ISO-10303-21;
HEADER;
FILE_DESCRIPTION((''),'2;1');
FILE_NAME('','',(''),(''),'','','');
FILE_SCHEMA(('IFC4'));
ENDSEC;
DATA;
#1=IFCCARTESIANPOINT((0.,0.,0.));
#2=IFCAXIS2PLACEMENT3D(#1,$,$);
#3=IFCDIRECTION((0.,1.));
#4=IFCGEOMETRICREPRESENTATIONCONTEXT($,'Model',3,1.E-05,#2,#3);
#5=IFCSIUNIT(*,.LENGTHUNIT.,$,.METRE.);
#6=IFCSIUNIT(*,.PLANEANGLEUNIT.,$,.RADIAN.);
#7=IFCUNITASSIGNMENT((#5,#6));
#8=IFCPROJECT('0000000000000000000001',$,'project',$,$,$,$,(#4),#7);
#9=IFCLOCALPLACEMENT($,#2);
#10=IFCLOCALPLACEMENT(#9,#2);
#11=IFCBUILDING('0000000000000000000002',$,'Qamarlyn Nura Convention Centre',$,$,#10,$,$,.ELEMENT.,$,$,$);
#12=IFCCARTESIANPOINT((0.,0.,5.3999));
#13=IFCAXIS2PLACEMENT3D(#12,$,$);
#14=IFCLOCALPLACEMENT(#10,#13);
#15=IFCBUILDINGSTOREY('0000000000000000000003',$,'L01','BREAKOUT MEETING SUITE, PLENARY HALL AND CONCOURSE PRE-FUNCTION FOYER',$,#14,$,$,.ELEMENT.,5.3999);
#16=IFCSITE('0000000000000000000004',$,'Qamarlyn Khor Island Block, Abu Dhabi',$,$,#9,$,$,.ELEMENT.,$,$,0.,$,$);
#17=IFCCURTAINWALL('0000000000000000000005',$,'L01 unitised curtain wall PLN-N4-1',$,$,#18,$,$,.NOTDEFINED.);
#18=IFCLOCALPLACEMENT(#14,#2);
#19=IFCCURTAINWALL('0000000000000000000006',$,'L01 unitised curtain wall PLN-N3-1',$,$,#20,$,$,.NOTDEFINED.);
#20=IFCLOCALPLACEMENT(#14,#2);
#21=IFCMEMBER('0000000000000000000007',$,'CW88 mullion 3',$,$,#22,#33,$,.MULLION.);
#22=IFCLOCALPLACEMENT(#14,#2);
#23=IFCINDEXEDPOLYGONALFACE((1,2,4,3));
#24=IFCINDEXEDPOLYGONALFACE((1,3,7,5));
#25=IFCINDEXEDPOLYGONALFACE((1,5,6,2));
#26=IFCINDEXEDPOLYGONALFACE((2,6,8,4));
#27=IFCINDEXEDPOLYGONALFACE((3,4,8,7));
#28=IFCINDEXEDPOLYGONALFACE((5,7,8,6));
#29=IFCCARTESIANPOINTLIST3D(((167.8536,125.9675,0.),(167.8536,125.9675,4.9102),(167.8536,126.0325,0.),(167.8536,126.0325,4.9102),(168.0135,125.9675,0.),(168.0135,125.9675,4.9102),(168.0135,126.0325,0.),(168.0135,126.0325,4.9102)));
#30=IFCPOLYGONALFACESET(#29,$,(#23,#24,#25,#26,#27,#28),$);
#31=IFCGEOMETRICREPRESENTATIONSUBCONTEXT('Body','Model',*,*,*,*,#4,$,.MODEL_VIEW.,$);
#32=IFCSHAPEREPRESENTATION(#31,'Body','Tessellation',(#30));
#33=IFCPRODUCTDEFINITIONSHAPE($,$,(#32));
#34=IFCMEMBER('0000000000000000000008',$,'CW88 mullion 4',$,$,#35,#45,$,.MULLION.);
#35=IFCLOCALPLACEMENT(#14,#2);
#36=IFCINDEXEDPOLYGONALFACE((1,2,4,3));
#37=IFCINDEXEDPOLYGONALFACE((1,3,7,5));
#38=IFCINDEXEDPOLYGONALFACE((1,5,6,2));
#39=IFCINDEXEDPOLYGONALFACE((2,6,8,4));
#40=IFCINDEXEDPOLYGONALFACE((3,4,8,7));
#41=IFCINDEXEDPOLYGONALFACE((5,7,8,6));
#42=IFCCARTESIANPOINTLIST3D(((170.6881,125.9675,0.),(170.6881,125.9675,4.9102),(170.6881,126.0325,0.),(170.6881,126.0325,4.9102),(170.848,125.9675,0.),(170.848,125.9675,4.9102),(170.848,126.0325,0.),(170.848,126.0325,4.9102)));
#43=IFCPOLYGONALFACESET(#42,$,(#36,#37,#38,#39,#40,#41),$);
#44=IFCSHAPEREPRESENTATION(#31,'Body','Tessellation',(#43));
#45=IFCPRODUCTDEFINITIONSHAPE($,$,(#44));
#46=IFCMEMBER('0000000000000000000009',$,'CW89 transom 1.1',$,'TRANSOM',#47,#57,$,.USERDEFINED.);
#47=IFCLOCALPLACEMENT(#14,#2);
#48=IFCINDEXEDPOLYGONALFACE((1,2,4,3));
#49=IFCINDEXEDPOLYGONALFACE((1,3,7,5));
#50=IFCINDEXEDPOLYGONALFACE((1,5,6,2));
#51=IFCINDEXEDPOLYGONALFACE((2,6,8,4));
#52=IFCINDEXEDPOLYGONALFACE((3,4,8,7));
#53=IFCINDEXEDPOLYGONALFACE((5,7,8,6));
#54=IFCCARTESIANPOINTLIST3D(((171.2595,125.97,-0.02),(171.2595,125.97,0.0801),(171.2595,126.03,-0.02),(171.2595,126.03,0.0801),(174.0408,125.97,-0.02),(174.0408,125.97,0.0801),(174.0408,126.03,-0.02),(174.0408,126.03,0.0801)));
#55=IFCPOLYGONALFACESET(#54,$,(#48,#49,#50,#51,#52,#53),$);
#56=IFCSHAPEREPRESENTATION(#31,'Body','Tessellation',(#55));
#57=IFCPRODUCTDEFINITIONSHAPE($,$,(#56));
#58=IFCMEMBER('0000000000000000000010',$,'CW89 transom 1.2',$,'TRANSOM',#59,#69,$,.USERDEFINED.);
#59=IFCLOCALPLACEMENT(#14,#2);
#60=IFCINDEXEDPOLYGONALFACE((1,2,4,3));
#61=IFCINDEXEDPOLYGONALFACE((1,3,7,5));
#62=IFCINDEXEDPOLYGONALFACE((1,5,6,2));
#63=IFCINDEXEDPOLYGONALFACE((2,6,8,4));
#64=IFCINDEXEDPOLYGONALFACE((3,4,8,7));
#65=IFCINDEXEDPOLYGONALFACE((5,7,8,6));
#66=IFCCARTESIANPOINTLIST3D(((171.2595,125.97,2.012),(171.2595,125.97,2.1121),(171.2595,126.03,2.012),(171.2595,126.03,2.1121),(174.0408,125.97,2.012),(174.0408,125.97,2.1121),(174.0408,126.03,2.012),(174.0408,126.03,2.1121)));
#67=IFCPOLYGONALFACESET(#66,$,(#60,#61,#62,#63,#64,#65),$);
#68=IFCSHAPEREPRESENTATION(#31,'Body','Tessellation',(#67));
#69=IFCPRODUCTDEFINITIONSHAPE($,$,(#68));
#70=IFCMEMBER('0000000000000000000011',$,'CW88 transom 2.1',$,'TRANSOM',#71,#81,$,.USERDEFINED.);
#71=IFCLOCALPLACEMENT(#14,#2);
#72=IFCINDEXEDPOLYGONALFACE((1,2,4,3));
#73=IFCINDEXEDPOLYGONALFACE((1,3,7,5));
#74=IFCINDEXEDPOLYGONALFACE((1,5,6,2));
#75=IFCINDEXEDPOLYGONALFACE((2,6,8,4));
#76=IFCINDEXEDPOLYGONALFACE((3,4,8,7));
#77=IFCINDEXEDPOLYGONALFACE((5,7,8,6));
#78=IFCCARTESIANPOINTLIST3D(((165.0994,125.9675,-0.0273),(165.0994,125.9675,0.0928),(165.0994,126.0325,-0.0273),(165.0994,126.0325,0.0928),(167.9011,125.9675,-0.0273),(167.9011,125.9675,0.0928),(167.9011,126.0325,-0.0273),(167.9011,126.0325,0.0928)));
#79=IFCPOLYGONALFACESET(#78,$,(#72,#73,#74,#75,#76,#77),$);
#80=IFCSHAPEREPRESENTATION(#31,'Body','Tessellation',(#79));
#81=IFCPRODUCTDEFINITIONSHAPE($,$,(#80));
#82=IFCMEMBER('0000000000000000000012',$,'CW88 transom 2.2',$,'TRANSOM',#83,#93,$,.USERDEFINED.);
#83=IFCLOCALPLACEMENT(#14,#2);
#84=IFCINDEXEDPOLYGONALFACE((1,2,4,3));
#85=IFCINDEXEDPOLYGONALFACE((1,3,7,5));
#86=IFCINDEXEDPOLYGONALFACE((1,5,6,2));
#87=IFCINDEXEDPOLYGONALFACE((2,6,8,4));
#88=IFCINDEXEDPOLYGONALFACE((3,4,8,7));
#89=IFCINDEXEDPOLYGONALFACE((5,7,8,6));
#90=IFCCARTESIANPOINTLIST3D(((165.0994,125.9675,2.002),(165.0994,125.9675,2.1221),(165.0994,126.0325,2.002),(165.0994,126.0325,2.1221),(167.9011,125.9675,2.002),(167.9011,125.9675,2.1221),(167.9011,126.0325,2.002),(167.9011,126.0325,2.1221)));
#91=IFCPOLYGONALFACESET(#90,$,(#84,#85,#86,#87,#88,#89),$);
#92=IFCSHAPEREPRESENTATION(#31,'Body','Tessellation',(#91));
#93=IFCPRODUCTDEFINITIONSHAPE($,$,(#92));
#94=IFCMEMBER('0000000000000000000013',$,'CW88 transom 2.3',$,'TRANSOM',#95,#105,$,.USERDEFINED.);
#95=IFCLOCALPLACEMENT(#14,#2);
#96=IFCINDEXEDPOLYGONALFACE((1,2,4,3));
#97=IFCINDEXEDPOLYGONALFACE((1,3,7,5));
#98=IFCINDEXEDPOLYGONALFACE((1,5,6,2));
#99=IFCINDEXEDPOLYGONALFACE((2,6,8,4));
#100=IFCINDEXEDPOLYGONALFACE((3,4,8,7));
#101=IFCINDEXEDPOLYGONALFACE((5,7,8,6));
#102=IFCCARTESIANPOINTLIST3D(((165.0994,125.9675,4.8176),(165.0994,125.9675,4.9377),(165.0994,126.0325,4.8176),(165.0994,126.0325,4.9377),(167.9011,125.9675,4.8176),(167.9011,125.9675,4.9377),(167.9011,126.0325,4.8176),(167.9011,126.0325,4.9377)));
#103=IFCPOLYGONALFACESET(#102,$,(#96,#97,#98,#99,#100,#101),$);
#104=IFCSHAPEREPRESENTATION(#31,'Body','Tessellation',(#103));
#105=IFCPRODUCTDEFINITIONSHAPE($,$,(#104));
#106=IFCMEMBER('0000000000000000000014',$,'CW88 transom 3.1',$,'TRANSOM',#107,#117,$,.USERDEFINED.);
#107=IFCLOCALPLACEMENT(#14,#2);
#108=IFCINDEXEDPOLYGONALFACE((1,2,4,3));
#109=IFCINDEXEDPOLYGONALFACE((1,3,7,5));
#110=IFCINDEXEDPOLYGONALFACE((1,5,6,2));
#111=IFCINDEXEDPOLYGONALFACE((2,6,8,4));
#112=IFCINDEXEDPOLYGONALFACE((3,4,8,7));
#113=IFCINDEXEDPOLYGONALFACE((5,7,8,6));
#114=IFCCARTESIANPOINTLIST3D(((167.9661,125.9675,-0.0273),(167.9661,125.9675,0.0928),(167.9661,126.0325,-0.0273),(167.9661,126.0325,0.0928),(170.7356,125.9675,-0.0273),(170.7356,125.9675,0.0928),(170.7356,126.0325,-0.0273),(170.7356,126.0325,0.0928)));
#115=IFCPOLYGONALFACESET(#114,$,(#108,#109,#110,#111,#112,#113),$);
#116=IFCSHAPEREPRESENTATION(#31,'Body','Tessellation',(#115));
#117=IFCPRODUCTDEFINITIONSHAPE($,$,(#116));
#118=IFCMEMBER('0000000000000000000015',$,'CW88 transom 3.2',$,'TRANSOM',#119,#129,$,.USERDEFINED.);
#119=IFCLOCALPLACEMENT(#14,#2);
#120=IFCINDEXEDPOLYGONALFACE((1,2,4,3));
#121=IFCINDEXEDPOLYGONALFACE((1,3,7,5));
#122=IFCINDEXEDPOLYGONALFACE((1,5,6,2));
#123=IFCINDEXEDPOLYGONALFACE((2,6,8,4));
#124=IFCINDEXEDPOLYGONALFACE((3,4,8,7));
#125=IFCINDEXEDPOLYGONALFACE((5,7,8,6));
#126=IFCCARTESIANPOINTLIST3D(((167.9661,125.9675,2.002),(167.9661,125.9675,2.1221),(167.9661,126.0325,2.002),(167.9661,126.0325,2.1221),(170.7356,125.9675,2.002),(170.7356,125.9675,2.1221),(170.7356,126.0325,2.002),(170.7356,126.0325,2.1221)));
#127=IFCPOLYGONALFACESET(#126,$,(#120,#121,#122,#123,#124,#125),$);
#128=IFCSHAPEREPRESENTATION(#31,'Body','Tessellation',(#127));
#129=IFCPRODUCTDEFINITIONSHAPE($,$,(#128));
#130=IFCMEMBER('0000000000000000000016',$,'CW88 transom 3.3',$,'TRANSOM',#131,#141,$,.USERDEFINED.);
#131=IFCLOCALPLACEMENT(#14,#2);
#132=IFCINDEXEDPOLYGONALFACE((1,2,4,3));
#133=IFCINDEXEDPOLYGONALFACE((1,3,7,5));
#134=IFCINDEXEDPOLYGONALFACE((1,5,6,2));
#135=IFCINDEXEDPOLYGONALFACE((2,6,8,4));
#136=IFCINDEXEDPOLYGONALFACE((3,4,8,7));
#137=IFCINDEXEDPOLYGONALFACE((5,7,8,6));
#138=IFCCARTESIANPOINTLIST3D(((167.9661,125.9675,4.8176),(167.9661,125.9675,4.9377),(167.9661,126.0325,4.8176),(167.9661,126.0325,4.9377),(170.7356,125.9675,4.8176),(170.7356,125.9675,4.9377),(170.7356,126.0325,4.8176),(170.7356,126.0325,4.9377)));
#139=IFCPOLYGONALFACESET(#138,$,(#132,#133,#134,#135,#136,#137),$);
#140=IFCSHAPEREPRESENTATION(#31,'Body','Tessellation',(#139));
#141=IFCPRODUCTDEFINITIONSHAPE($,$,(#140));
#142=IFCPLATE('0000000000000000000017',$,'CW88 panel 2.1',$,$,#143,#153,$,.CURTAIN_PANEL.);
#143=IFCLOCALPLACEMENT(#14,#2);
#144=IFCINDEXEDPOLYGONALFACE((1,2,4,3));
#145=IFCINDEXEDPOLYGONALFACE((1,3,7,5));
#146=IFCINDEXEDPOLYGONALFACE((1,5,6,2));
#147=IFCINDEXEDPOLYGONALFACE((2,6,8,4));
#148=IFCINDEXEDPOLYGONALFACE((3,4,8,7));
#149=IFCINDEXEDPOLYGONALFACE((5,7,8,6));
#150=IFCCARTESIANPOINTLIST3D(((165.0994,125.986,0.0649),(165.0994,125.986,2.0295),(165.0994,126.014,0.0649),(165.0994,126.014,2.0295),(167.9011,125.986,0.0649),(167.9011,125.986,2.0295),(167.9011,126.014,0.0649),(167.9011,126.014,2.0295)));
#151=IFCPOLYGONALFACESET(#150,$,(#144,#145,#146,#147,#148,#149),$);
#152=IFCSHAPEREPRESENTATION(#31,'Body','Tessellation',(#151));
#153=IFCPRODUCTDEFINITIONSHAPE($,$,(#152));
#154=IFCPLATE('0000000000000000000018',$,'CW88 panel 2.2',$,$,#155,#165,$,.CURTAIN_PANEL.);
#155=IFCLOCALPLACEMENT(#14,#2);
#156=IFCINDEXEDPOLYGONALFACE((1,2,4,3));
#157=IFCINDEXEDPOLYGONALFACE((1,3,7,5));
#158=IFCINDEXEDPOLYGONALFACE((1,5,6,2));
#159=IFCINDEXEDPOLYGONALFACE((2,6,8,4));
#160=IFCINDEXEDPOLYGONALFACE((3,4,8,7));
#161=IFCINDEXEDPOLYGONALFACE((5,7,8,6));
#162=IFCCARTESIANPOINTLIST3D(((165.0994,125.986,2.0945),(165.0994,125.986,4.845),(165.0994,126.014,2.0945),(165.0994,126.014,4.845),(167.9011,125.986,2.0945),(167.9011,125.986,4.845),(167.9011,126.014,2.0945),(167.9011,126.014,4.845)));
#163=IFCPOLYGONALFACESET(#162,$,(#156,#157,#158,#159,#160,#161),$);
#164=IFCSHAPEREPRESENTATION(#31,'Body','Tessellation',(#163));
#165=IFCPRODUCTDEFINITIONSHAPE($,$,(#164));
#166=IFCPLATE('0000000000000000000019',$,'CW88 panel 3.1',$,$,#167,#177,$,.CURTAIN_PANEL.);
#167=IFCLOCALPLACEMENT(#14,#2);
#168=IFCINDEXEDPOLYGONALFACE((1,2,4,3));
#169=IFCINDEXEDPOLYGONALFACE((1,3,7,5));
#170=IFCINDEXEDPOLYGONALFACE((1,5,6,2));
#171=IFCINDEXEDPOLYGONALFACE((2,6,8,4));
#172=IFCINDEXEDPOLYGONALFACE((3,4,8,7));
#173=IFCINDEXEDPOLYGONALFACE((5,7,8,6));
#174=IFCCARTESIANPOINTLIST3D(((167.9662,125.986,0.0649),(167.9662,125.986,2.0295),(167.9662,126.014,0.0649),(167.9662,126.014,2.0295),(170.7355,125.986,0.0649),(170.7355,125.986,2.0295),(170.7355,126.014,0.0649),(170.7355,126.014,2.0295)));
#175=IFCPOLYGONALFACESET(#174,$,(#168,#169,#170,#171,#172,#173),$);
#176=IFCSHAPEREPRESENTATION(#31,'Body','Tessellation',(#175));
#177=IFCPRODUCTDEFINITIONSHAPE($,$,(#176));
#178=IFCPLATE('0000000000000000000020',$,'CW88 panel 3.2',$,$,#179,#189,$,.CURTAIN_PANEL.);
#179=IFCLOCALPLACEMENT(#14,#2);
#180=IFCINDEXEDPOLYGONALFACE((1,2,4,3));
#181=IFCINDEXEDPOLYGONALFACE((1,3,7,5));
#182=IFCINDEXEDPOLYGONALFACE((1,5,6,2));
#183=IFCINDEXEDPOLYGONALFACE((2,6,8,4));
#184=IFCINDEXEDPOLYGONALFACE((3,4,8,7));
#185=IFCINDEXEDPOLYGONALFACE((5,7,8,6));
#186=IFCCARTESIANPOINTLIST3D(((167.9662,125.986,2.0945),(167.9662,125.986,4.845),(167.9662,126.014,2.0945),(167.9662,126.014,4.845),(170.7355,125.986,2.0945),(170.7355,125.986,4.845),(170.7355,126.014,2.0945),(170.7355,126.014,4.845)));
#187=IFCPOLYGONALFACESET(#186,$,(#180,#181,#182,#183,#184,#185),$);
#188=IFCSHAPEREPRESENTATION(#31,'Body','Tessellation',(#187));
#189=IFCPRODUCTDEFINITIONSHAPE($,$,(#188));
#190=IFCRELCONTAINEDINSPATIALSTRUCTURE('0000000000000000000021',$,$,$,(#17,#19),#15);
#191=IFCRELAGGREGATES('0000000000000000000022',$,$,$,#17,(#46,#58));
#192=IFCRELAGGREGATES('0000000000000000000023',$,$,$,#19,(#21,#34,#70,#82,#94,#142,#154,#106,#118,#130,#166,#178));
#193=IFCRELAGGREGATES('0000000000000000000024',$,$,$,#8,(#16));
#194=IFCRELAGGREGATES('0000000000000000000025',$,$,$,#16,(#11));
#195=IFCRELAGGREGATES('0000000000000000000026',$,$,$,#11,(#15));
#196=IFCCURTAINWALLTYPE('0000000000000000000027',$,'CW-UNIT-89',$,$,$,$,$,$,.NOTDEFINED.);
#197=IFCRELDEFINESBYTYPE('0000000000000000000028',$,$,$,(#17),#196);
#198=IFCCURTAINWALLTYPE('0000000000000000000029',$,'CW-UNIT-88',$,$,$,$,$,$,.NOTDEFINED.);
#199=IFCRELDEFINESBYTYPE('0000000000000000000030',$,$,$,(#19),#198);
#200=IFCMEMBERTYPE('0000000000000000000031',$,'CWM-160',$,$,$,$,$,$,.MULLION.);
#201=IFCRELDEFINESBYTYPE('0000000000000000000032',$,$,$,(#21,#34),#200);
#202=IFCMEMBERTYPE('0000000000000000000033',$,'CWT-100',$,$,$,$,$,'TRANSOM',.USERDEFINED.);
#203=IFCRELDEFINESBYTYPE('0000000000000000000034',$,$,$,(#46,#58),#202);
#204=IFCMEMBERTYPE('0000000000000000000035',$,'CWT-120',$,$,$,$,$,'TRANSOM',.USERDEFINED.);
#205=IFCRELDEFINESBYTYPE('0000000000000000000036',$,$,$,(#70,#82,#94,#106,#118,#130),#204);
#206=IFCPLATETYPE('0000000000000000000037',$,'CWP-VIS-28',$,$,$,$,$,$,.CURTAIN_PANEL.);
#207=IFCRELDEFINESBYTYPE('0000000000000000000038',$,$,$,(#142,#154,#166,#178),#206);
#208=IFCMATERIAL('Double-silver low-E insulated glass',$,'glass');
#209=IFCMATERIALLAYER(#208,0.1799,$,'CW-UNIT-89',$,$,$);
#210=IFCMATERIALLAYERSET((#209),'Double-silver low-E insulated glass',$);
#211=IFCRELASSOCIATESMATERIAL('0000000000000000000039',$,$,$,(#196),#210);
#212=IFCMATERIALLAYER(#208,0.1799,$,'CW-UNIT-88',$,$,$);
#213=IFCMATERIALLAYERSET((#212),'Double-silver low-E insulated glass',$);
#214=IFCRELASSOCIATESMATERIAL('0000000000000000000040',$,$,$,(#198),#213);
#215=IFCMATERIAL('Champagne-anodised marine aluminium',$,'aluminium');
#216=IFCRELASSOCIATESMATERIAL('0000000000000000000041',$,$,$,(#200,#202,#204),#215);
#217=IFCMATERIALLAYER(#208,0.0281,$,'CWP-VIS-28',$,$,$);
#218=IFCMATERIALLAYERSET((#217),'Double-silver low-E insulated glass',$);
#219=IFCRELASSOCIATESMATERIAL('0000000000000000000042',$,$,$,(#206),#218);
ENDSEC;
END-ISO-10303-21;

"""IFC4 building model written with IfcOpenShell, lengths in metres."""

from ifc_helpers import new_model, si_unit, direction, frame, origin, origin_2d, place, context, subcontext, project, spatial, rectangle, extrude, material, layer, layer_set, material_profile, profile_set, type_object, element, aggregate, save


model = new_model("IFC4")

# Units and contexts
model_context = context("Model", 3, precision=1e-05, world=origin(), true_north=direction((0.0, 1.0)))
body_context = subcontext(model_context, "Body", "Model", "MODEL_VIEW")
ifc_project = project(units=[si_unit("LENGTHUNIT", "METRE"), si_unit("PLANEANGLEUNIT", "RADIAN")], contexts=[model_context])

# Site, building, storey
site_placement = place(None, origin())
site = spatial("IfcSite", under=ifc_project, at=site_placement, Name="Qamarlyn Khor Island Block, Abu Dhabi", CompositionType="ELEMENT", RefElevation=0.0)
building_placement = place(site_placement, origin())
building = spatial("IfcBuilding", under=site, at=building_placement, Name="Qamarlyn Nura Convention Centre", CompositionType="ELEMENT")
storey_placement = place(building_placement, frame((0.0, 0.0, 5.3999)))
storey = spatial("IfcBuildingStorey", under=building, at=storey_placement, Name="L01", Description="BREAKOUT MEETING SUITE, PLENARY HALL AND CONCOURSE PRE-FUNCTION FOYER", CompositionType="ELEMENT", Elevation=5.3999)

# Curtain wall
ifc_material_1 = material(Name="Double-silver low-E insulated glass", Category="glass")
ifc_layer_1 = layer(ifc_material_1, 0.1799, Name="CW-UNIT-89")
ifc_layer_set_1 = layer_set([ifc_layer_1], Name="Double-silver low-E insulated glass")
curtain_wall_type_1 = type_object("IfcCurtainWallType", Name="CW-UNIT-89", PredefinedType="NOTDEFINED", material=ifc_layer_set_1)
curtain_wall_1_placement = place(storey_placement, origin())
curtain_wall_1 = element("IfcCurtainWall", 1, at=curtain_wall_1_placement, inside=storey, type_object=curtain_wall_type_1, Name="L01 unitised curtain wall PLN-N4-1", PredefinedType="NOTDEFINED")
ifc_material_2 = material(Name="Champagne-anodised marine aluminium", Category="aluminium")

# Curtain wall, members
ifc_layer_2 = layer(ifc_material_1, 0.1799, Name="CW-UNIT-88")
ifc_layer_set_2 = layer_set([ifc_layer_2], Name="Double-silver low-E insulated glass")
curtain_wall_type_2 = type_object("IfcCurtainWallType", Name="CW-UNIT-88", PredefinedType="NOTDEFINED", material=ifc_layer_set_2)
curtain_wall_2_placement = place(storey_placement, origin())
curtain_wall_2 = element("IfcCurtainWall", 2, at=curtain_wall_2_placement, inside=storey, type_object=curtain_wall_type_2, Name="L01 unitised curtain wall PLN-N3-1", PredefinedType="NOTDEFINED")
ifc_material_profile_1 = material_profile(ifc_material_2, rectangle(XDim=0.0649, YDim=0.1599, at=origin_2d()), Name="ALU MULLION 65x160")
ifc_profile_set_1 = profile_set([ifc_material_profile_1], Name="Champagne-anodised marine aluminium")
member_type_1 = type_object("IfcMemberType", Name="CWM-160", PredefinedType="MULLION", material=ifc_profile_set_1)
member_1_placement = place(storey_placement, frame((167.9336, 126.0, 0.0), z_axis=(0.0, 0.0, 1.0), x_axis=(0.0, 1.0, 0.0)))
member_1 = element("IfcMember", 3, at=member_1_placement, type_object=member_type_1, Name="CW88 mullion 3", PredefinedType="MULLION", context=body_context, shape_type="SweptSolid", body=[
    extrude(rectangle(XDim=0.0649, YDim=0.1599, at=origin_2d()), origin(), (0.0, 0.0, 1.0), 4.9102),
])
member_2_placement = place(storey_placement, frame((170.7681, 126.0, 0.0), z_axis=(0.0, 0.0, 1.0), x_axis=(0.0, 1.0, 0.0)))
member_2 = element("IfcMember", 4, at=member_2_placement, type_object=member_type_1, Name="CW88 mullion 4", PredefinedType="MULLION", context=body_context, shape_type="SweptSolid", body=[
    extrude(rectangle(XDim=0.0649, YDim=0.1599, at=origin_2d()), origin(), (0.0, 0.0, 1.0), 4.9102),
])

# Members
ifc_material_profile_2 = material_profile(ifc_material_2, rectangle(XDim=0.0601, YDim=0.1001, at=origin_2d()), Name="ALU TRANSOM 60x100")
ifc_profile_set_2 = profile_set([ifc_material_profile_2], Name="Champagne-anodised marine aluminium")
member_type_2 = type_object("IfcMemberType", Name="CWT-100", ElementType="TRANSOM", PredefinedType="USERDEFINED", material=ifc_profile_set_2)
member_3_placement = place(storey_placement, frame((171.2595, 126.0, 0.03), z_axis=(1.0, 0.0, 0.0), x_axis=(0.0, 1.0, 0.0)))
member_3 = element("IfcMember", 5, at=member_3_placement, type_object=member_type_2, Name="CW89 transom 1.1", ObjectType="TRANSOM", PredefinedType="USERDEFINED", context=body_context, shape_type="SweptSolid", body=[
    extrude(rectangle(XDim=0.0601, YDim=0.1001, at=origin_2d()), origin(), (0.0, 0.0, 1.0), 2.7812),
])
member_4_placement = place(storey_placement, frame((171.2595, 126.0, 2.062), z_axis=(1.0, 0.0, 0.0), x_axis=(0.0, 1.0, 0.0)))
member_4 = element("IfcMember", 6, at=member_4_placement, type_object=member_type_2, Name="CW89 transom 1.2", ObjectType="TRANSOM", PredefinedType="USERDEFINED", context=body_context, shape_type="SweptSolid", body=[
    extrude(rectangle(XDim=0.0601, YDim=0.1001, at=origin_2d()), origin(), (0.0, 0.0, 1.0), 2.7812),
])
aggregate(curtain_wall_1, [member_3, member_4])
ifc_material_profile_3 = material_profile(ifc_material_2, rectangle(XDim=0.0649, YDim=0.1201, at=origin_2d()), Name="ALU TRANSOM 65x120")
ifc_profile_set_3 = profile_set([ifc_material_profile_3], Name="Champagne-anodised marine aluminium")
member_type_3 = type_object("IfcMemberType", Name="CWT-120", ElementType="TRANSOM", PredefinedType="USERDEFINED", material=ifc_profile_set_3)
member_5_placement = place(storey_placement, frame((165.0994, 126.0, 0.0327), z_axis=(1.0, 0.0, 0.0), x_axis=(0.0, 1.0, 0.0)))
member_5 = element("IfcMember", 7, at=member_5_placement, type_object=member_type_3, Name="CW88 transom 2.1", ObjectType="TRANSOM", PredefinedType="USERDEFINED", context=body_context, shape_type="SweptSolid", body=[
    extrude(rectangle(XDim=0.0649, YDim=0.1201, at=origin_2d()), origin(), (0.0, 0.0, 1.0), 2.8018),
])
member_6_placement = place(storey_placement, frame((165.0994, 126.0, 2.062), z_axis=(1.0, 0.0, 0.0), x_axis=(0.0, 1.0, 0.0)))
member_6 = element("IfcMember", 8, at=member_6_placement, type_object=member_type_3, Name="CW88 transom 2.2", ObjectType="TRANSOM", PredefinedType="USERDEFINED", context=body_context, shape_type="SweptSolid", body=[
    extrude(rectangle(XDim=0.0649, YDim=0.1201, at=origin_2d()), origin(), (0.0, 0.0, 1.0), 2.8018),
])
member_7_placement = place(storey_placement, frame((165.0994, 126.0, 4.8777), z_axis=(1.0, 0.0, 0.0), x_axis=(0.0, 1.0, 0.0)))
member_7 = element("IfcMember", 9, at=member_7_placement, type_object=member_type_3, Name="CW88 transom 2.3", ObjectType="TRANSOM", PredefinedType="USERDEFINED", context=body_context, shape_type="SweptSolid", body=[
    extrude(rectangle(XDim=0.0649, YDim=0.1201, at=origin_2d()), origin(), (0.0, 0.0, 1.0), 2.8018),
])
member_8_placement = place(storey_placement, frame((167.9661, 126.0, 0.0327), z_axis=(1.0, 0.0, 0.0), x_axis=(0.0, 1.0, 0.0)))
member_8 = element("IfcMember", 10, at=member_8_placement, type_object=member_type_3, Name="CW88 transom 3.1", ObjectType="TRANSOM", PredefinedType="USERDEFINED", context=body_context, shape_type="SweptSolid", body=[
    extrude(rectangle(XDim=0.0649, YDim=0.1201, at=origin_2d()), origin(), (0.0, 0.0, 1.0), 2.7695),
])
member_9_placement = place(storey_placement, frame((167.9661, 126.0, 2.062), z_axis=(1.0, 0.0, 0.0), x_axis=(0.0, 1.0, 0.0)))
member_9 = element("IfcMember", 11, at=member_9_placement, type_object=member_type_3, Name="CW88 transom 3.2", ObjectType="TRANSOM", PredefinedType="USERDEFINED", context=body_context, shape_type="SweptSolid", body=[
    extrude(rectangle(XDim=0.0649, YDim=0.1201, at=origin_2d()), origin(), (0.0, 0.0, 1.0), 2.7695),
])
member_10_placement = place(storey_placement, frame((167.9661, 126.0, 4.8777), z_axis=(1.0, 0.0, 0.0), x_axis=(0.0, 1.0, 0.0)))
member_10 = element("IfcMember", 12, at=member_10_placement, type_object=member_type_3, Name="CW88 transom 3.3", ObjectType="TRANSOM", PredefinedType="USERDEFINED", context=body_context, shape_type="SweptSolid", body=[
    extrude(rectangle(XDim=0.0649, YDim=0.1201, at=origin_2d()), origin(), (0.0, 0.0, 1.0), 2.7695),
])

# Plates
ifc_layer_3 = layer(ifc_material_1, 0.0281, Name="CWP-VIS-28")
ifc_layer_set_3 = layer_set([ifc_layer_3], Name="Double-silver low-E insulated glass")
plate_type = type_object("IfcPlateType", Name="CWP-VIS-28", PredefinedType="CURTAIN_PANEL", material=ifc_layer_set_3)
plate_1_placement = place(storey_placement, frame((166.5002, 126.0, 0.0649), z_axis=(0.0, 0.0, 1.0), x_axis=(1.0, 0.0, 0.0)))
plate_1 = element("IfcPlate", 13, at=plate_1_placement, type_object=plate_type, Name="CW88 panel 2.1", PredefinedType="CURTAIN_PANEL", context=body_context, shape_type="SweptSolid", body=[
    extrude(rectangle(XDim=2.8018, YDim=0.0281, at=origin_2d()), origin(), (0.0, 0.0, 1.0), 1.9646),
])
plate_2_placement = place(storey_placement, frame((166.5002, 126.0, 2.0945), z_axis=(0.0, 0.0, 1.0), x_axis=(1.0, 0.0, 0.0)))
plate_2 = element("IfcPlate", 14, at=plate_2_placement, type_object=plate_type, Name="CW88 panel 2.2", PredefinedType="CURTAIN_PANEL", context=body_context, shape_type="SweptSolid", body=[
    extrude(rectangle(XDim=2.8018, YDim=0.0281, at=origin_2d()), origin(), (0.0, 0.0, 1.0), 2.7505),
])
plate_3_placement = place(storey_placement, frame((169.3508, 126.0, 0.0649), z_axis=(0.0, 0.0, 1.0), x_axis=(1.0, 0.0, 0.0)))
plate_3 = element("IfcPlate", 15, at=plate_3_placement, type_object=plate_type, Name="CW88 panel 3.1", PredefinedType="CURTAIN_PANEL", context=body_context, shape_type="SweptSolid", body=[
    extrude(rectangle(XDim=2.7693, YDim=0.0281, at=origin_2d()), origin(), (0.0, 0.0, 1.0), 1.9646),
])
plate_4_placement = place(storey_placement, frame((169.3508, 126.0, 2.0945), z_axis=(0.0, 0.0, 1.0), x_axis=(1.0, 0.0, 0.0)))
plate_4 = element("IfcPlate", 16, at=plate_4_placement, type_object=plate_type, Name="CW88 panel 3.2", PredefinedType="CURTAIN_PANEL", context=body_context, shape_type="SweptSolid", body=[
    extrude(rectangle(XDim=2.7693, YDim=0.0281, at=origin_2d()), origin(), (0.0, 0.0, 1.0), 2.7505),
])
aggregate(curtain_wall_2, [member_1, member_2, member_5, member_6, member_7, plate_1, plate_2, member_8, member_9, member_10, plate_3, plate_4])

save(model, "model.ifc")
